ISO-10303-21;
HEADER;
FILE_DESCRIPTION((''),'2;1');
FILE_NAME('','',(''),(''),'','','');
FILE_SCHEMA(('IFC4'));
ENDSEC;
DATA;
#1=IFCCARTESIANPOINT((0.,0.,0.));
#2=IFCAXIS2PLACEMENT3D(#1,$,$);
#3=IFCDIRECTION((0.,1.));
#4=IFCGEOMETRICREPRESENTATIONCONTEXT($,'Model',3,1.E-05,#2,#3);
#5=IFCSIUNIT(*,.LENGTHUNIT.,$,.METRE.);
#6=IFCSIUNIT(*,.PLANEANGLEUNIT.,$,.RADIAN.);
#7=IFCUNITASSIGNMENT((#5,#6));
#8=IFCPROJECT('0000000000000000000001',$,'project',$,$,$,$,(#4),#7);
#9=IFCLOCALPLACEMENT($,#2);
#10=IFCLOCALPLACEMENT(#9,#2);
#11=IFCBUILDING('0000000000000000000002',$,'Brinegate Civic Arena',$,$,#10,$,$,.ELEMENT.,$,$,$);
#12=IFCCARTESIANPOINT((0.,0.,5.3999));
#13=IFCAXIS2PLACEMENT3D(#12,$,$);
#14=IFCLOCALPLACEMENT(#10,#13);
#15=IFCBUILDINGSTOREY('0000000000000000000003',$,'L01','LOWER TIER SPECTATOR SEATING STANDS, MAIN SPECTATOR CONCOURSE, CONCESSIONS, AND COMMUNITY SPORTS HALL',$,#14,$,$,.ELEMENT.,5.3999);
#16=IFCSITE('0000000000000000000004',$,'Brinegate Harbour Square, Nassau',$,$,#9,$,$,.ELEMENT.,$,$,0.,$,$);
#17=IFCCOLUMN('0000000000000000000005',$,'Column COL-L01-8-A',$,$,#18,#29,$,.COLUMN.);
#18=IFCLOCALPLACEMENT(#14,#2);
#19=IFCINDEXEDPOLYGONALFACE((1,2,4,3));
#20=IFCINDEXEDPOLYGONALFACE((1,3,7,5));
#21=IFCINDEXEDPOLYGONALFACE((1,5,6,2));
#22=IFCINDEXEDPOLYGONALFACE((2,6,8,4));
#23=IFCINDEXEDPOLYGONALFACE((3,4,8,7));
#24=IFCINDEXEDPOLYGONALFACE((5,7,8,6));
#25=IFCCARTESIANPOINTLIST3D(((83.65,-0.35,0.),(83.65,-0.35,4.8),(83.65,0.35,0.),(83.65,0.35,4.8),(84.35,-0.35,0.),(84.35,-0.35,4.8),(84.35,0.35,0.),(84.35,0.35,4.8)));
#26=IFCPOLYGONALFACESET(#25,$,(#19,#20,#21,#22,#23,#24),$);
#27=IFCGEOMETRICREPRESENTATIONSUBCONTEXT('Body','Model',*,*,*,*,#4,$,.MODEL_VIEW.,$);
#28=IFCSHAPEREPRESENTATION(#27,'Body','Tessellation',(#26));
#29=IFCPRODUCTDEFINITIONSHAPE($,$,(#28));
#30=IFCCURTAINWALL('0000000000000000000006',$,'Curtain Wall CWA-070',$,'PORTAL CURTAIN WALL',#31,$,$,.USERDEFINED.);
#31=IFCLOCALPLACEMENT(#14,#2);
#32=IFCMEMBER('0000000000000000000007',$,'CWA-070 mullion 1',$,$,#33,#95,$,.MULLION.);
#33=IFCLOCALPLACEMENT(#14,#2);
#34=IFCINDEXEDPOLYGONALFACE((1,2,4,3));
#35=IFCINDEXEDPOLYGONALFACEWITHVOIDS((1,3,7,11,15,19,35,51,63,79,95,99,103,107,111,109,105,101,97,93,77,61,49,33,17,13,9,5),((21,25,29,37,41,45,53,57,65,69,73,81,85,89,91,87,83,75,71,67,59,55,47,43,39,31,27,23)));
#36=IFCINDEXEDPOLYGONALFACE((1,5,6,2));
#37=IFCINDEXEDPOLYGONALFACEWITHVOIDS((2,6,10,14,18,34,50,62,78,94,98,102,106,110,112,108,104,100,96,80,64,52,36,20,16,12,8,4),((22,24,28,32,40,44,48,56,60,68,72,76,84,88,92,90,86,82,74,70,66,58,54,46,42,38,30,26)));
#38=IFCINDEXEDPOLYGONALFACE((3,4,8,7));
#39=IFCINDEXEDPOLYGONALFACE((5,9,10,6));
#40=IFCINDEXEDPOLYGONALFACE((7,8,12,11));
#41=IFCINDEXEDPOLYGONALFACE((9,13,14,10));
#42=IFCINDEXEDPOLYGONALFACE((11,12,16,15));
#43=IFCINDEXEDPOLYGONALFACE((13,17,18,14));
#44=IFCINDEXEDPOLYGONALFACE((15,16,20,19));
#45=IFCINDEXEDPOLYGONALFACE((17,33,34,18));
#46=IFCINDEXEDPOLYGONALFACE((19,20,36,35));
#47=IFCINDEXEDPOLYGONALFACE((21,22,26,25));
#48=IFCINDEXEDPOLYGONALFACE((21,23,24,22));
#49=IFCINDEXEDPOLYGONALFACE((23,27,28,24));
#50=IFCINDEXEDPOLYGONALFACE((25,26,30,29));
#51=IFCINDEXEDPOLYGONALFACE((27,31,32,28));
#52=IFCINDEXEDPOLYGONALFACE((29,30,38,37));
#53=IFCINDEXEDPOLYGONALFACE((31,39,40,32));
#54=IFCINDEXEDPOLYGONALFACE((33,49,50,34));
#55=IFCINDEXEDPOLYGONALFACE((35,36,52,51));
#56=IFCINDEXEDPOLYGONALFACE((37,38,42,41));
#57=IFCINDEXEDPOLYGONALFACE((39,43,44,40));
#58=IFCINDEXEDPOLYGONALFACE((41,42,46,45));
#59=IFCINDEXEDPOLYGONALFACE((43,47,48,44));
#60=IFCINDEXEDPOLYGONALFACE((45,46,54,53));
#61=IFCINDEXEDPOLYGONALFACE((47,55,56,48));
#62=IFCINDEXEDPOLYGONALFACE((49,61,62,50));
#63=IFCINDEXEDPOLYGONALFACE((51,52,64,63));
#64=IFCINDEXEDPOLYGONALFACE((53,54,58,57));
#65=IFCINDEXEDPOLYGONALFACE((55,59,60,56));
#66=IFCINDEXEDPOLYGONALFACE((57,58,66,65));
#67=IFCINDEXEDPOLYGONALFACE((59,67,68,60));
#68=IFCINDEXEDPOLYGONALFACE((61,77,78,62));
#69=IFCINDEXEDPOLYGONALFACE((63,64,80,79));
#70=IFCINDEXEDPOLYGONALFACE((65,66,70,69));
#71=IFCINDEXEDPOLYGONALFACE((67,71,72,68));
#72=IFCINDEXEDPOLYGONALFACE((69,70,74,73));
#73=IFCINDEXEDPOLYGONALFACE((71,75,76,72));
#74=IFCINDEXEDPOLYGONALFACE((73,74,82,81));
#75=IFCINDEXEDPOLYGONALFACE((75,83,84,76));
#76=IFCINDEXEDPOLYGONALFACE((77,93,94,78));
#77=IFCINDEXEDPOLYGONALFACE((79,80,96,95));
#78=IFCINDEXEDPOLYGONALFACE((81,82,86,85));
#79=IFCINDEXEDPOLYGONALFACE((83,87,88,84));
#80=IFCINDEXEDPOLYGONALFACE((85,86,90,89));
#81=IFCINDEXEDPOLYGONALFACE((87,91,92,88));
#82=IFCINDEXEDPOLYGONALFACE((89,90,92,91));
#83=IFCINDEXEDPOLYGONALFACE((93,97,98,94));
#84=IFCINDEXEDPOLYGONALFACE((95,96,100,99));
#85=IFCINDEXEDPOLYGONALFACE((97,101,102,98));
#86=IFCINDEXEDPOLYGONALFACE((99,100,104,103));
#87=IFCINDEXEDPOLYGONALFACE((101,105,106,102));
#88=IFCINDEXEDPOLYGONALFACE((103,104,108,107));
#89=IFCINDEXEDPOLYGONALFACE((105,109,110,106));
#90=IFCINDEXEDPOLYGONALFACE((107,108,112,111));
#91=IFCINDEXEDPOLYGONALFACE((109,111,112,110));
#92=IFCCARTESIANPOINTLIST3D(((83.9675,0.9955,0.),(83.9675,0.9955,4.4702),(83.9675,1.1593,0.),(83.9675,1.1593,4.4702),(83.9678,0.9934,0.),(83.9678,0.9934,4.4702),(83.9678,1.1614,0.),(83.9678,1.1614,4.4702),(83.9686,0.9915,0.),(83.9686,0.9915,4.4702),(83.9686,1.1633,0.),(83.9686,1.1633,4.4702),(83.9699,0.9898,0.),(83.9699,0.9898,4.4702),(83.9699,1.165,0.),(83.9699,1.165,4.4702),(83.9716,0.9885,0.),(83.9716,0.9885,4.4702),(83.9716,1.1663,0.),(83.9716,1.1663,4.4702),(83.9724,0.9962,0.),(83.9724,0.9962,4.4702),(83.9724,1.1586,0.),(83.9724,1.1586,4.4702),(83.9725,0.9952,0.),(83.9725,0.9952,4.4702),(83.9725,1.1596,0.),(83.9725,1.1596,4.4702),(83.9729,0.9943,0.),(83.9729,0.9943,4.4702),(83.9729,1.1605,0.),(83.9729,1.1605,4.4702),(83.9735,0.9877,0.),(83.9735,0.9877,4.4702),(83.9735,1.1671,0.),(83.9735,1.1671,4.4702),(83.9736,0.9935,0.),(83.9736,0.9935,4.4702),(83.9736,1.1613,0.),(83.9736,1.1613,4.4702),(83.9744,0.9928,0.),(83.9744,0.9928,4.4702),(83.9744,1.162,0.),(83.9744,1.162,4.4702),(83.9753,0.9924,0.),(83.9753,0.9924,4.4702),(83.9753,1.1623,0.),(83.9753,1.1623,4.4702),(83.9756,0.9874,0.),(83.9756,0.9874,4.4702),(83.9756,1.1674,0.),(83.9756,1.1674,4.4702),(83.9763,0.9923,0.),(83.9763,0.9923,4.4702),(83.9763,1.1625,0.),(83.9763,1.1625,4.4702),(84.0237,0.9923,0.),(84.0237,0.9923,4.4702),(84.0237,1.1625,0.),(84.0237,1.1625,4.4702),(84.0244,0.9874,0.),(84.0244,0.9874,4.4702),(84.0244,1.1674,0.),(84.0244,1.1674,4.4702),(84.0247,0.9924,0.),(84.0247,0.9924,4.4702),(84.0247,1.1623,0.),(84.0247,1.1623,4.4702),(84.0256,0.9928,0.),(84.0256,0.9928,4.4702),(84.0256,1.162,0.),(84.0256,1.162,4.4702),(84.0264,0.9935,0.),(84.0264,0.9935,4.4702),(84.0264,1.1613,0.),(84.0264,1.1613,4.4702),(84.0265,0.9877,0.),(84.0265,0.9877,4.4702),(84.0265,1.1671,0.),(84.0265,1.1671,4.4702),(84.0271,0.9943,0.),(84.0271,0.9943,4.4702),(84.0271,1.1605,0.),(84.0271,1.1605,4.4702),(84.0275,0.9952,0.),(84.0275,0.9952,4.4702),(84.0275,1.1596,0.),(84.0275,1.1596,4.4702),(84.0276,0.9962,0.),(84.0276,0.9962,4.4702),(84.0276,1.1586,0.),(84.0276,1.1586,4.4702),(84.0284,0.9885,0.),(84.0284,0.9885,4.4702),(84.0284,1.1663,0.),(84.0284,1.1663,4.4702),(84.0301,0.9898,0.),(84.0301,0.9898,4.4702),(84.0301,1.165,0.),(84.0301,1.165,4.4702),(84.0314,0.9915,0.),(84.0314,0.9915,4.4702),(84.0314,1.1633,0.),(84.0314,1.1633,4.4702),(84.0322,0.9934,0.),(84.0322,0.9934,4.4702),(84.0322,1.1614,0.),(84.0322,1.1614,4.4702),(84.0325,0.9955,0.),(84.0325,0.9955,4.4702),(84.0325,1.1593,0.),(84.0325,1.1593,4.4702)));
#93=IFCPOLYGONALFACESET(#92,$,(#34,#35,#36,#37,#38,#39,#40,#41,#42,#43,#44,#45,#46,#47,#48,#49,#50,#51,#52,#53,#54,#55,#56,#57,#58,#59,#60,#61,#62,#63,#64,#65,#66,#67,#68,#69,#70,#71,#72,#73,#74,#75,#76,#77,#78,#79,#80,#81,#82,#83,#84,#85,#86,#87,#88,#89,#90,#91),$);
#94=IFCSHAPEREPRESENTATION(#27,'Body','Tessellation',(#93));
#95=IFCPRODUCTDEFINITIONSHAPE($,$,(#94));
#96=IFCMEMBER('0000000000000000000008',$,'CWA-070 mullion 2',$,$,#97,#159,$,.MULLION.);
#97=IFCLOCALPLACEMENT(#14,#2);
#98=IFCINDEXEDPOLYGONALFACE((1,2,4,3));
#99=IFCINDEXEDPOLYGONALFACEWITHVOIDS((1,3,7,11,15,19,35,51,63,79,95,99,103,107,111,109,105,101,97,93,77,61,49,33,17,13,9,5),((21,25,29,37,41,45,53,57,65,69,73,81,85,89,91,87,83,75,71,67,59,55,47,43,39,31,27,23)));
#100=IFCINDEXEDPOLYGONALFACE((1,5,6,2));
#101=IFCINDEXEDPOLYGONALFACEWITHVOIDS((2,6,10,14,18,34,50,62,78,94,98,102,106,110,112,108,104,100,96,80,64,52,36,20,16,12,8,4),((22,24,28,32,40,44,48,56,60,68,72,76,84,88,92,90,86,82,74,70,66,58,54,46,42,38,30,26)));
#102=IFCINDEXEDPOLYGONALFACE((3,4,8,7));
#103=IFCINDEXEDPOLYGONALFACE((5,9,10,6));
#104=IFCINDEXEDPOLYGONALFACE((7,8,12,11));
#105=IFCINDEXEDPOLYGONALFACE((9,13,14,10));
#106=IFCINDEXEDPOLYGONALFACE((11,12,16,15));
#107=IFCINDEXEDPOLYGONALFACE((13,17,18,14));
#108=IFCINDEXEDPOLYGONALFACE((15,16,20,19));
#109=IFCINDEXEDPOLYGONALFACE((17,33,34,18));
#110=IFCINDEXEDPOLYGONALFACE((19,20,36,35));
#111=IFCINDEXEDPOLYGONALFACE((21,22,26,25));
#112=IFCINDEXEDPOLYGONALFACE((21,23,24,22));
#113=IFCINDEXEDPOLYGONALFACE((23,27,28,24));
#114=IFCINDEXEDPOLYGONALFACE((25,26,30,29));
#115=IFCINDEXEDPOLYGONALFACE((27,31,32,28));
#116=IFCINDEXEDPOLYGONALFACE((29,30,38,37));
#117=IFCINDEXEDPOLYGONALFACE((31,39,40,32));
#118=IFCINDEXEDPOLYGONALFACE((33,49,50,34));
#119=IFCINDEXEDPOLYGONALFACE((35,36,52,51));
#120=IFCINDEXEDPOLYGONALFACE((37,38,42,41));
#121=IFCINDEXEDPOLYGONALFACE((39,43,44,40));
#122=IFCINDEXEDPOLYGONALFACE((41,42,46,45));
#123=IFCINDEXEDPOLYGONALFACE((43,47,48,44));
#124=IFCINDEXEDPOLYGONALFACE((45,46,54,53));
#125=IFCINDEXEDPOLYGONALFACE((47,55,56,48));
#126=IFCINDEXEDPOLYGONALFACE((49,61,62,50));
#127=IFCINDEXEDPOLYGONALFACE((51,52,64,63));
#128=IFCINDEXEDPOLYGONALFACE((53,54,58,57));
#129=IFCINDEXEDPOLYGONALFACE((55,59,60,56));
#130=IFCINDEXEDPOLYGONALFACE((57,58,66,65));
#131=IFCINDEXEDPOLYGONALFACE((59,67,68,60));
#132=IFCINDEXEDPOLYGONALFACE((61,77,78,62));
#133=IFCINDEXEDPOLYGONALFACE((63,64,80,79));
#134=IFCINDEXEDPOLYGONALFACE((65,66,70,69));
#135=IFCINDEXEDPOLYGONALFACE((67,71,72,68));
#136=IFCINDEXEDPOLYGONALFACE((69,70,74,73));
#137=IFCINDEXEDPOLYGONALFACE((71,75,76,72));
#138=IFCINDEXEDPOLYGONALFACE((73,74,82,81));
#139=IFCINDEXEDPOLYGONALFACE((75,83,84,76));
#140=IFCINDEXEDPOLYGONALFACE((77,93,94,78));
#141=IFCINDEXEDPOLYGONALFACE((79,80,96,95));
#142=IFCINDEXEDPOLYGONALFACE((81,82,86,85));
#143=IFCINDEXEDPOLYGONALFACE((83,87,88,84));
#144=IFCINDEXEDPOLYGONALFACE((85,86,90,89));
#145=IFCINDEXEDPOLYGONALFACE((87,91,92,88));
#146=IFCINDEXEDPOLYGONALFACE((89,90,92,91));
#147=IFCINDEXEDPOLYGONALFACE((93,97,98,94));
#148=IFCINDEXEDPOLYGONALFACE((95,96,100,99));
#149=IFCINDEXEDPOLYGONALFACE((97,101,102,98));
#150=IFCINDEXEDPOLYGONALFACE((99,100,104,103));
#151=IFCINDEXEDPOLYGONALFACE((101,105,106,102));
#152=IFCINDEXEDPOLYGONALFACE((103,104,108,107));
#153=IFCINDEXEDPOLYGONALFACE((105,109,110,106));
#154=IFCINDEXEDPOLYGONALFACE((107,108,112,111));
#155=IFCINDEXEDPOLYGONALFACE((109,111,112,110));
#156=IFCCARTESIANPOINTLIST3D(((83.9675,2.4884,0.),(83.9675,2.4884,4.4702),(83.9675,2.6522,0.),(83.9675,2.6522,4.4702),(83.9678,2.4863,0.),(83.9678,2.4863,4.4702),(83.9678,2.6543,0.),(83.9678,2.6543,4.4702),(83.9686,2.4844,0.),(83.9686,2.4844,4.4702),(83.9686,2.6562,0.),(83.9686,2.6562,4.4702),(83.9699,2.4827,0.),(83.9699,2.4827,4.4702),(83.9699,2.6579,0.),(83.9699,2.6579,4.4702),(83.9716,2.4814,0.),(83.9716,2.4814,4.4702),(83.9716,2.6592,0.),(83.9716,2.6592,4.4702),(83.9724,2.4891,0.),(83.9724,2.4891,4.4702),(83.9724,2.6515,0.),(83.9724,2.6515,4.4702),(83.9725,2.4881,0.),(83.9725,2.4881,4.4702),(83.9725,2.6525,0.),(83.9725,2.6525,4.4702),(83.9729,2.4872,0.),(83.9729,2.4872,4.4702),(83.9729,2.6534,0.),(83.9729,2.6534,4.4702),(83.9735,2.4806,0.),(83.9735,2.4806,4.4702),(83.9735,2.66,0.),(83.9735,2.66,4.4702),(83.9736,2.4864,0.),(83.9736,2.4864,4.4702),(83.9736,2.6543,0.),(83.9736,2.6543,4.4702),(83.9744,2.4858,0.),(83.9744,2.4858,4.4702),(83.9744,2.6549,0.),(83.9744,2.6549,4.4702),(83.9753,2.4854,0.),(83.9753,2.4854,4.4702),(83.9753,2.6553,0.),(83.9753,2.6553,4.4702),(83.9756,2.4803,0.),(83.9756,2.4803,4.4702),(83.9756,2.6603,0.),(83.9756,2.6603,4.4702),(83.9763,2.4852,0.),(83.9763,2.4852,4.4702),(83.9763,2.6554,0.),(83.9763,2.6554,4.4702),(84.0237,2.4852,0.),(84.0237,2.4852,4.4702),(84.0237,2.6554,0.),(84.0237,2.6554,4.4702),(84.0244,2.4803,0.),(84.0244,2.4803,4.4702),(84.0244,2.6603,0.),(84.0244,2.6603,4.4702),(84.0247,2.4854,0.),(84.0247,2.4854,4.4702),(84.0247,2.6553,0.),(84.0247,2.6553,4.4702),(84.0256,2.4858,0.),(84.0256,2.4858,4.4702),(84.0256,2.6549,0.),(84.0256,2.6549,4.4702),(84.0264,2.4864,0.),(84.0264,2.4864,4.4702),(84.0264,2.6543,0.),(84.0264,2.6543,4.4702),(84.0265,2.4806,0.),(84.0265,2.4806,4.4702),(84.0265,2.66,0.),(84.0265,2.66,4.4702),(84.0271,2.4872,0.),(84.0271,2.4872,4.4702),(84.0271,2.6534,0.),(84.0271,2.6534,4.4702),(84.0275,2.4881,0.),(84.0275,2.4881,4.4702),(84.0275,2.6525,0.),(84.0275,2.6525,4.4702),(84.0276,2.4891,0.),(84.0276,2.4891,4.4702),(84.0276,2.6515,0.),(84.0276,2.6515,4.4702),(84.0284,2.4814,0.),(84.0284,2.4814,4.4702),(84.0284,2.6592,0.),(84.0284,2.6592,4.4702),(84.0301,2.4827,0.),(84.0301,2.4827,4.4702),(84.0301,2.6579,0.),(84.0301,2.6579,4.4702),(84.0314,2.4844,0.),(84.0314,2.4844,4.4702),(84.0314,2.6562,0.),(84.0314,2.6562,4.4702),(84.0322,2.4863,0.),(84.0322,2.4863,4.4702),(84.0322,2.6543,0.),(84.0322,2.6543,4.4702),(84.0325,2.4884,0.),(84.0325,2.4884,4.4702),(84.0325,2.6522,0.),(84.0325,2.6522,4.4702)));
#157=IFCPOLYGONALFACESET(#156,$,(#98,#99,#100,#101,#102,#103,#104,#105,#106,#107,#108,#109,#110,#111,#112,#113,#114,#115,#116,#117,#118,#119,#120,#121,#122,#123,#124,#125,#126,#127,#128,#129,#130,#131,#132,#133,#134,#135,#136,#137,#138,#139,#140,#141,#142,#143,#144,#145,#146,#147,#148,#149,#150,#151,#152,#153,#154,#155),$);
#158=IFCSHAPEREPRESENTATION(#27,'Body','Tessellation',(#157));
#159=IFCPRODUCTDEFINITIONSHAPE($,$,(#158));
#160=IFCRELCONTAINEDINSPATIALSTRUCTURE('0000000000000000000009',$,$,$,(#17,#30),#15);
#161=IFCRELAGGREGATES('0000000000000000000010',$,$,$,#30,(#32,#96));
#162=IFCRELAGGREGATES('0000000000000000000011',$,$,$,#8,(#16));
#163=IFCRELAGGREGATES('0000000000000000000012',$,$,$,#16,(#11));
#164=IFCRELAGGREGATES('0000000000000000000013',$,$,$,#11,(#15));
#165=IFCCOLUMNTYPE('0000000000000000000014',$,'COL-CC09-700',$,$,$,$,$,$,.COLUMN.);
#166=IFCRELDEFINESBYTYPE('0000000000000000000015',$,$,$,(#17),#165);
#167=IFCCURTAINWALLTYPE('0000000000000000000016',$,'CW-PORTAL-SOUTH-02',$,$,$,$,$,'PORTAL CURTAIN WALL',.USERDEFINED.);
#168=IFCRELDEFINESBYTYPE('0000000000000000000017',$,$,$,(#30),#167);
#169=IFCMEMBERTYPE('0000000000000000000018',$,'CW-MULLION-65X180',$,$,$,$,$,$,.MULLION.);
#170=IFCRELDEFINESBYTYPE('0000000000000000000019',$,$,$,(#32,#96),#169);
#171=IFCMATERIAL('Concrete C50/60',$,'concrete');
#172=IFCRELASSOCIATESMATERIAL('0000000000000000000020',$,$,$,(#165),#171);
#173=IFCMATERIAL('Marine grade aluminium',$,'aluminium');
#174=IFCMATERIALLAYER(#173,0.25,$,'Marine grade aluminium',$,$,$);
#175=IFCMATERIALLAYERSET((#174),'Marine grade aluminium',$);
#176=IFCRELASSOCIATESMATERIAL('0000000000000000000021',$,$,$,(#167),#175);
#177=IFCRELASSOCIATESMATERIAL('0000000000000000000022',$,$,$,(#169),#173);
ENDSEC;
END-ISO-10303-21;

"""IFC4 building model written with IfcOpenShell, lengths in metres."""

from ifc_helpers import new_model, si_unit, direction, frame, origin, origin_2d, place, context, subcontext, project, spatial, rectangle, hollow_rectangle, extrude, material, layer, layer_set, material_profile, profile_set, type_object, element, aggregate, save


model = new_model("IFC4")

# Units and contexts
model_context = context("Model", 3, precision=1e-05, world=origin(), true_north=direction((0.0, 1.0)))
body_context = subcontext(model_context, "Body", "Model", "MODEL_VIEW")
ifc_project = project(units=[si_unit("LENGTHUNIT", "METRE"), si_unit("PLANEANGLEUNIT", "RADIAN")], contexts=[model_context])

# Site, building, storey
site_placement = place(None, origin())
site = spatial("IfcSite", under=ifc_project, at=site_placement, Name="Brinegate Harbour Square, Nassau", CompositionType="ELEMENT", RefElevation=0.0)
building_placement = place(site_placement, origin())
building = spatial("IfcBuilding", under=site, at=building_placement, Name="Brinegate Civic Arena", CompositionType="ELEMENT")
storey_placement = place(building_placement, frame((0.0, 0.0, 5.3999)))
storey = spatial("IfcBuildingStorey", under=building, at=storey_placement, Name="L01", Description="LOWER TIER SPECTATOR SEATING STANDS, MAIN SPECTATOR CONCOURSE, CONCESSIONS, AND COMMUNITY SPORTS HALL", CompositionType="ELEMENT", Elevation=5.3999)

# Column
ifc_material_1 = material(Name="Concrete C50/60", Category="concrete")
ifc_material_profile_1 = material_profile(ifc_material_1, rectangle(XDim=0.7, YDim=0.7, at=origin_2d()), Name="RC700X700")
ifc_profile_set_1 = profile_set([ifc_material_profile_1], Name="Concrete C50/60")
column_type = type_object("IfcColumnType", Name="COL-CC09-700", PredefinedType="COLUMN", material=ifc_profile_set_1)
column_placement = place(storey_placement, frame((84.0, 0.0, 0.0), z_axis=(0.0, 0.0, 1.0), x_axis=(1.0, 0.0, 0.0)))
element("IfcColumn", 1, at=column_placement, inside=storey, type_object=column_type, Name="Column COL-L01-8-A", PredefinedType="COLUMN", context=body_context, shape_type="SweptSolid", body=[
    extrude(rectangle(XDim=0.7, YDim=0.7, at=origin_2d()), origin(), (0.0, 0.0, 1.0), 4.8),
])

# Curtain wall, members
ifc_material_2 = material(Name="Marine grade aluminium", Category="aluminium")
ifc_layer_1 = layer(ifc_material_2, 0.25, Name="Marine grade aluminium")
ifc_layer_set_1 = layer_set([ifc_layer_1], Name="Marine grade aluminium")
curtain_wall_type = type_object("IfcCurtainWallType", Name="CW-PORTAL-SOUTH-02", ElementType="PORTAL CURTAIN WALL", PredefinedType="USERDEFINED", material=ifc_layer_set_1)
curtain_wall_placement = place(storey_placement, origin())
curtain_wall = element("IfcCurtainWall", 2, at=curtain_wall_placement, inside=storey, type_object=curtain_wall_type, Name="Curtain Wall CWA-070", ObjectType="PORTAL CURTAIN WALL", PredefinedType="USERDEFINED")
ifc_material_profile_2 = material_profile(ifc_material_2, hollow_rectangle(XDim=0.0649, YDim=0.1799, WallThickness=0.0049, InnerFilletRadius=0.0039, OuterFilletRadius=0.0081, at=origin_2d()), Name="MUL65X180")
ifc_profile_set_2 = profile_set([ifc_material_profile_2], Name="Marine grade aluminium")
member_type_1 = type_object("IfcMemberType", Name="CW-MULLION-65X180", PredefinedType="MULLION", material=ifc_profile_set_2)
member_1_placement = place(storey_placement, frame((84.0, 1.0774, 0.0), z_axis=(0.0, 0.0, 1.0), x_axis=(-1.0, 0.0, 0.0)))
member_1 = element("IfcMember", 3, at=member_1_placement, type_object=member_type_1, Name="CWA-070 mullion 1", PredefinedType="MULLION", context=body_context, shape_type="SweptSolid", body=[
    extrude(hollow_rectangle(XDim=0.0649, YDim=0.1799, WallThickness=0.0049, InnerFilletRadius=0.0039, OuterFilletRadius=0.0081, at=origin_2d()), origin(), (0.0, 0.0, 1.0), 4.4702),
])
member_2_placement = place(storey_placement, frame((84.0, 2.5703, 0.0), z_axis=(0.0, 0.0, 1.0), x_axis=(-1.0, 0.0, 0.0)))
member_2 = element("IfcMember", 4, at=member_2_placement, type_object=member_type_1, Name="CWA-070 mullion 2", PredefinedType="MULLION", context=body_context, shape_type="SweptSolid", body=[
    extrude(hollow_rectangle(XDim=0.0649, YDim=0.1799, WallThickness=0.0049, InnerFilletRadius=0.0039, OuterFilletRadius=0.0081, at=origin_2d()), origin(), (0.0, 0.0, 1.0), 4.4702),
])

aggregate(curtain_wall, [member_1, member_2])

save(model, "model.ifc")
